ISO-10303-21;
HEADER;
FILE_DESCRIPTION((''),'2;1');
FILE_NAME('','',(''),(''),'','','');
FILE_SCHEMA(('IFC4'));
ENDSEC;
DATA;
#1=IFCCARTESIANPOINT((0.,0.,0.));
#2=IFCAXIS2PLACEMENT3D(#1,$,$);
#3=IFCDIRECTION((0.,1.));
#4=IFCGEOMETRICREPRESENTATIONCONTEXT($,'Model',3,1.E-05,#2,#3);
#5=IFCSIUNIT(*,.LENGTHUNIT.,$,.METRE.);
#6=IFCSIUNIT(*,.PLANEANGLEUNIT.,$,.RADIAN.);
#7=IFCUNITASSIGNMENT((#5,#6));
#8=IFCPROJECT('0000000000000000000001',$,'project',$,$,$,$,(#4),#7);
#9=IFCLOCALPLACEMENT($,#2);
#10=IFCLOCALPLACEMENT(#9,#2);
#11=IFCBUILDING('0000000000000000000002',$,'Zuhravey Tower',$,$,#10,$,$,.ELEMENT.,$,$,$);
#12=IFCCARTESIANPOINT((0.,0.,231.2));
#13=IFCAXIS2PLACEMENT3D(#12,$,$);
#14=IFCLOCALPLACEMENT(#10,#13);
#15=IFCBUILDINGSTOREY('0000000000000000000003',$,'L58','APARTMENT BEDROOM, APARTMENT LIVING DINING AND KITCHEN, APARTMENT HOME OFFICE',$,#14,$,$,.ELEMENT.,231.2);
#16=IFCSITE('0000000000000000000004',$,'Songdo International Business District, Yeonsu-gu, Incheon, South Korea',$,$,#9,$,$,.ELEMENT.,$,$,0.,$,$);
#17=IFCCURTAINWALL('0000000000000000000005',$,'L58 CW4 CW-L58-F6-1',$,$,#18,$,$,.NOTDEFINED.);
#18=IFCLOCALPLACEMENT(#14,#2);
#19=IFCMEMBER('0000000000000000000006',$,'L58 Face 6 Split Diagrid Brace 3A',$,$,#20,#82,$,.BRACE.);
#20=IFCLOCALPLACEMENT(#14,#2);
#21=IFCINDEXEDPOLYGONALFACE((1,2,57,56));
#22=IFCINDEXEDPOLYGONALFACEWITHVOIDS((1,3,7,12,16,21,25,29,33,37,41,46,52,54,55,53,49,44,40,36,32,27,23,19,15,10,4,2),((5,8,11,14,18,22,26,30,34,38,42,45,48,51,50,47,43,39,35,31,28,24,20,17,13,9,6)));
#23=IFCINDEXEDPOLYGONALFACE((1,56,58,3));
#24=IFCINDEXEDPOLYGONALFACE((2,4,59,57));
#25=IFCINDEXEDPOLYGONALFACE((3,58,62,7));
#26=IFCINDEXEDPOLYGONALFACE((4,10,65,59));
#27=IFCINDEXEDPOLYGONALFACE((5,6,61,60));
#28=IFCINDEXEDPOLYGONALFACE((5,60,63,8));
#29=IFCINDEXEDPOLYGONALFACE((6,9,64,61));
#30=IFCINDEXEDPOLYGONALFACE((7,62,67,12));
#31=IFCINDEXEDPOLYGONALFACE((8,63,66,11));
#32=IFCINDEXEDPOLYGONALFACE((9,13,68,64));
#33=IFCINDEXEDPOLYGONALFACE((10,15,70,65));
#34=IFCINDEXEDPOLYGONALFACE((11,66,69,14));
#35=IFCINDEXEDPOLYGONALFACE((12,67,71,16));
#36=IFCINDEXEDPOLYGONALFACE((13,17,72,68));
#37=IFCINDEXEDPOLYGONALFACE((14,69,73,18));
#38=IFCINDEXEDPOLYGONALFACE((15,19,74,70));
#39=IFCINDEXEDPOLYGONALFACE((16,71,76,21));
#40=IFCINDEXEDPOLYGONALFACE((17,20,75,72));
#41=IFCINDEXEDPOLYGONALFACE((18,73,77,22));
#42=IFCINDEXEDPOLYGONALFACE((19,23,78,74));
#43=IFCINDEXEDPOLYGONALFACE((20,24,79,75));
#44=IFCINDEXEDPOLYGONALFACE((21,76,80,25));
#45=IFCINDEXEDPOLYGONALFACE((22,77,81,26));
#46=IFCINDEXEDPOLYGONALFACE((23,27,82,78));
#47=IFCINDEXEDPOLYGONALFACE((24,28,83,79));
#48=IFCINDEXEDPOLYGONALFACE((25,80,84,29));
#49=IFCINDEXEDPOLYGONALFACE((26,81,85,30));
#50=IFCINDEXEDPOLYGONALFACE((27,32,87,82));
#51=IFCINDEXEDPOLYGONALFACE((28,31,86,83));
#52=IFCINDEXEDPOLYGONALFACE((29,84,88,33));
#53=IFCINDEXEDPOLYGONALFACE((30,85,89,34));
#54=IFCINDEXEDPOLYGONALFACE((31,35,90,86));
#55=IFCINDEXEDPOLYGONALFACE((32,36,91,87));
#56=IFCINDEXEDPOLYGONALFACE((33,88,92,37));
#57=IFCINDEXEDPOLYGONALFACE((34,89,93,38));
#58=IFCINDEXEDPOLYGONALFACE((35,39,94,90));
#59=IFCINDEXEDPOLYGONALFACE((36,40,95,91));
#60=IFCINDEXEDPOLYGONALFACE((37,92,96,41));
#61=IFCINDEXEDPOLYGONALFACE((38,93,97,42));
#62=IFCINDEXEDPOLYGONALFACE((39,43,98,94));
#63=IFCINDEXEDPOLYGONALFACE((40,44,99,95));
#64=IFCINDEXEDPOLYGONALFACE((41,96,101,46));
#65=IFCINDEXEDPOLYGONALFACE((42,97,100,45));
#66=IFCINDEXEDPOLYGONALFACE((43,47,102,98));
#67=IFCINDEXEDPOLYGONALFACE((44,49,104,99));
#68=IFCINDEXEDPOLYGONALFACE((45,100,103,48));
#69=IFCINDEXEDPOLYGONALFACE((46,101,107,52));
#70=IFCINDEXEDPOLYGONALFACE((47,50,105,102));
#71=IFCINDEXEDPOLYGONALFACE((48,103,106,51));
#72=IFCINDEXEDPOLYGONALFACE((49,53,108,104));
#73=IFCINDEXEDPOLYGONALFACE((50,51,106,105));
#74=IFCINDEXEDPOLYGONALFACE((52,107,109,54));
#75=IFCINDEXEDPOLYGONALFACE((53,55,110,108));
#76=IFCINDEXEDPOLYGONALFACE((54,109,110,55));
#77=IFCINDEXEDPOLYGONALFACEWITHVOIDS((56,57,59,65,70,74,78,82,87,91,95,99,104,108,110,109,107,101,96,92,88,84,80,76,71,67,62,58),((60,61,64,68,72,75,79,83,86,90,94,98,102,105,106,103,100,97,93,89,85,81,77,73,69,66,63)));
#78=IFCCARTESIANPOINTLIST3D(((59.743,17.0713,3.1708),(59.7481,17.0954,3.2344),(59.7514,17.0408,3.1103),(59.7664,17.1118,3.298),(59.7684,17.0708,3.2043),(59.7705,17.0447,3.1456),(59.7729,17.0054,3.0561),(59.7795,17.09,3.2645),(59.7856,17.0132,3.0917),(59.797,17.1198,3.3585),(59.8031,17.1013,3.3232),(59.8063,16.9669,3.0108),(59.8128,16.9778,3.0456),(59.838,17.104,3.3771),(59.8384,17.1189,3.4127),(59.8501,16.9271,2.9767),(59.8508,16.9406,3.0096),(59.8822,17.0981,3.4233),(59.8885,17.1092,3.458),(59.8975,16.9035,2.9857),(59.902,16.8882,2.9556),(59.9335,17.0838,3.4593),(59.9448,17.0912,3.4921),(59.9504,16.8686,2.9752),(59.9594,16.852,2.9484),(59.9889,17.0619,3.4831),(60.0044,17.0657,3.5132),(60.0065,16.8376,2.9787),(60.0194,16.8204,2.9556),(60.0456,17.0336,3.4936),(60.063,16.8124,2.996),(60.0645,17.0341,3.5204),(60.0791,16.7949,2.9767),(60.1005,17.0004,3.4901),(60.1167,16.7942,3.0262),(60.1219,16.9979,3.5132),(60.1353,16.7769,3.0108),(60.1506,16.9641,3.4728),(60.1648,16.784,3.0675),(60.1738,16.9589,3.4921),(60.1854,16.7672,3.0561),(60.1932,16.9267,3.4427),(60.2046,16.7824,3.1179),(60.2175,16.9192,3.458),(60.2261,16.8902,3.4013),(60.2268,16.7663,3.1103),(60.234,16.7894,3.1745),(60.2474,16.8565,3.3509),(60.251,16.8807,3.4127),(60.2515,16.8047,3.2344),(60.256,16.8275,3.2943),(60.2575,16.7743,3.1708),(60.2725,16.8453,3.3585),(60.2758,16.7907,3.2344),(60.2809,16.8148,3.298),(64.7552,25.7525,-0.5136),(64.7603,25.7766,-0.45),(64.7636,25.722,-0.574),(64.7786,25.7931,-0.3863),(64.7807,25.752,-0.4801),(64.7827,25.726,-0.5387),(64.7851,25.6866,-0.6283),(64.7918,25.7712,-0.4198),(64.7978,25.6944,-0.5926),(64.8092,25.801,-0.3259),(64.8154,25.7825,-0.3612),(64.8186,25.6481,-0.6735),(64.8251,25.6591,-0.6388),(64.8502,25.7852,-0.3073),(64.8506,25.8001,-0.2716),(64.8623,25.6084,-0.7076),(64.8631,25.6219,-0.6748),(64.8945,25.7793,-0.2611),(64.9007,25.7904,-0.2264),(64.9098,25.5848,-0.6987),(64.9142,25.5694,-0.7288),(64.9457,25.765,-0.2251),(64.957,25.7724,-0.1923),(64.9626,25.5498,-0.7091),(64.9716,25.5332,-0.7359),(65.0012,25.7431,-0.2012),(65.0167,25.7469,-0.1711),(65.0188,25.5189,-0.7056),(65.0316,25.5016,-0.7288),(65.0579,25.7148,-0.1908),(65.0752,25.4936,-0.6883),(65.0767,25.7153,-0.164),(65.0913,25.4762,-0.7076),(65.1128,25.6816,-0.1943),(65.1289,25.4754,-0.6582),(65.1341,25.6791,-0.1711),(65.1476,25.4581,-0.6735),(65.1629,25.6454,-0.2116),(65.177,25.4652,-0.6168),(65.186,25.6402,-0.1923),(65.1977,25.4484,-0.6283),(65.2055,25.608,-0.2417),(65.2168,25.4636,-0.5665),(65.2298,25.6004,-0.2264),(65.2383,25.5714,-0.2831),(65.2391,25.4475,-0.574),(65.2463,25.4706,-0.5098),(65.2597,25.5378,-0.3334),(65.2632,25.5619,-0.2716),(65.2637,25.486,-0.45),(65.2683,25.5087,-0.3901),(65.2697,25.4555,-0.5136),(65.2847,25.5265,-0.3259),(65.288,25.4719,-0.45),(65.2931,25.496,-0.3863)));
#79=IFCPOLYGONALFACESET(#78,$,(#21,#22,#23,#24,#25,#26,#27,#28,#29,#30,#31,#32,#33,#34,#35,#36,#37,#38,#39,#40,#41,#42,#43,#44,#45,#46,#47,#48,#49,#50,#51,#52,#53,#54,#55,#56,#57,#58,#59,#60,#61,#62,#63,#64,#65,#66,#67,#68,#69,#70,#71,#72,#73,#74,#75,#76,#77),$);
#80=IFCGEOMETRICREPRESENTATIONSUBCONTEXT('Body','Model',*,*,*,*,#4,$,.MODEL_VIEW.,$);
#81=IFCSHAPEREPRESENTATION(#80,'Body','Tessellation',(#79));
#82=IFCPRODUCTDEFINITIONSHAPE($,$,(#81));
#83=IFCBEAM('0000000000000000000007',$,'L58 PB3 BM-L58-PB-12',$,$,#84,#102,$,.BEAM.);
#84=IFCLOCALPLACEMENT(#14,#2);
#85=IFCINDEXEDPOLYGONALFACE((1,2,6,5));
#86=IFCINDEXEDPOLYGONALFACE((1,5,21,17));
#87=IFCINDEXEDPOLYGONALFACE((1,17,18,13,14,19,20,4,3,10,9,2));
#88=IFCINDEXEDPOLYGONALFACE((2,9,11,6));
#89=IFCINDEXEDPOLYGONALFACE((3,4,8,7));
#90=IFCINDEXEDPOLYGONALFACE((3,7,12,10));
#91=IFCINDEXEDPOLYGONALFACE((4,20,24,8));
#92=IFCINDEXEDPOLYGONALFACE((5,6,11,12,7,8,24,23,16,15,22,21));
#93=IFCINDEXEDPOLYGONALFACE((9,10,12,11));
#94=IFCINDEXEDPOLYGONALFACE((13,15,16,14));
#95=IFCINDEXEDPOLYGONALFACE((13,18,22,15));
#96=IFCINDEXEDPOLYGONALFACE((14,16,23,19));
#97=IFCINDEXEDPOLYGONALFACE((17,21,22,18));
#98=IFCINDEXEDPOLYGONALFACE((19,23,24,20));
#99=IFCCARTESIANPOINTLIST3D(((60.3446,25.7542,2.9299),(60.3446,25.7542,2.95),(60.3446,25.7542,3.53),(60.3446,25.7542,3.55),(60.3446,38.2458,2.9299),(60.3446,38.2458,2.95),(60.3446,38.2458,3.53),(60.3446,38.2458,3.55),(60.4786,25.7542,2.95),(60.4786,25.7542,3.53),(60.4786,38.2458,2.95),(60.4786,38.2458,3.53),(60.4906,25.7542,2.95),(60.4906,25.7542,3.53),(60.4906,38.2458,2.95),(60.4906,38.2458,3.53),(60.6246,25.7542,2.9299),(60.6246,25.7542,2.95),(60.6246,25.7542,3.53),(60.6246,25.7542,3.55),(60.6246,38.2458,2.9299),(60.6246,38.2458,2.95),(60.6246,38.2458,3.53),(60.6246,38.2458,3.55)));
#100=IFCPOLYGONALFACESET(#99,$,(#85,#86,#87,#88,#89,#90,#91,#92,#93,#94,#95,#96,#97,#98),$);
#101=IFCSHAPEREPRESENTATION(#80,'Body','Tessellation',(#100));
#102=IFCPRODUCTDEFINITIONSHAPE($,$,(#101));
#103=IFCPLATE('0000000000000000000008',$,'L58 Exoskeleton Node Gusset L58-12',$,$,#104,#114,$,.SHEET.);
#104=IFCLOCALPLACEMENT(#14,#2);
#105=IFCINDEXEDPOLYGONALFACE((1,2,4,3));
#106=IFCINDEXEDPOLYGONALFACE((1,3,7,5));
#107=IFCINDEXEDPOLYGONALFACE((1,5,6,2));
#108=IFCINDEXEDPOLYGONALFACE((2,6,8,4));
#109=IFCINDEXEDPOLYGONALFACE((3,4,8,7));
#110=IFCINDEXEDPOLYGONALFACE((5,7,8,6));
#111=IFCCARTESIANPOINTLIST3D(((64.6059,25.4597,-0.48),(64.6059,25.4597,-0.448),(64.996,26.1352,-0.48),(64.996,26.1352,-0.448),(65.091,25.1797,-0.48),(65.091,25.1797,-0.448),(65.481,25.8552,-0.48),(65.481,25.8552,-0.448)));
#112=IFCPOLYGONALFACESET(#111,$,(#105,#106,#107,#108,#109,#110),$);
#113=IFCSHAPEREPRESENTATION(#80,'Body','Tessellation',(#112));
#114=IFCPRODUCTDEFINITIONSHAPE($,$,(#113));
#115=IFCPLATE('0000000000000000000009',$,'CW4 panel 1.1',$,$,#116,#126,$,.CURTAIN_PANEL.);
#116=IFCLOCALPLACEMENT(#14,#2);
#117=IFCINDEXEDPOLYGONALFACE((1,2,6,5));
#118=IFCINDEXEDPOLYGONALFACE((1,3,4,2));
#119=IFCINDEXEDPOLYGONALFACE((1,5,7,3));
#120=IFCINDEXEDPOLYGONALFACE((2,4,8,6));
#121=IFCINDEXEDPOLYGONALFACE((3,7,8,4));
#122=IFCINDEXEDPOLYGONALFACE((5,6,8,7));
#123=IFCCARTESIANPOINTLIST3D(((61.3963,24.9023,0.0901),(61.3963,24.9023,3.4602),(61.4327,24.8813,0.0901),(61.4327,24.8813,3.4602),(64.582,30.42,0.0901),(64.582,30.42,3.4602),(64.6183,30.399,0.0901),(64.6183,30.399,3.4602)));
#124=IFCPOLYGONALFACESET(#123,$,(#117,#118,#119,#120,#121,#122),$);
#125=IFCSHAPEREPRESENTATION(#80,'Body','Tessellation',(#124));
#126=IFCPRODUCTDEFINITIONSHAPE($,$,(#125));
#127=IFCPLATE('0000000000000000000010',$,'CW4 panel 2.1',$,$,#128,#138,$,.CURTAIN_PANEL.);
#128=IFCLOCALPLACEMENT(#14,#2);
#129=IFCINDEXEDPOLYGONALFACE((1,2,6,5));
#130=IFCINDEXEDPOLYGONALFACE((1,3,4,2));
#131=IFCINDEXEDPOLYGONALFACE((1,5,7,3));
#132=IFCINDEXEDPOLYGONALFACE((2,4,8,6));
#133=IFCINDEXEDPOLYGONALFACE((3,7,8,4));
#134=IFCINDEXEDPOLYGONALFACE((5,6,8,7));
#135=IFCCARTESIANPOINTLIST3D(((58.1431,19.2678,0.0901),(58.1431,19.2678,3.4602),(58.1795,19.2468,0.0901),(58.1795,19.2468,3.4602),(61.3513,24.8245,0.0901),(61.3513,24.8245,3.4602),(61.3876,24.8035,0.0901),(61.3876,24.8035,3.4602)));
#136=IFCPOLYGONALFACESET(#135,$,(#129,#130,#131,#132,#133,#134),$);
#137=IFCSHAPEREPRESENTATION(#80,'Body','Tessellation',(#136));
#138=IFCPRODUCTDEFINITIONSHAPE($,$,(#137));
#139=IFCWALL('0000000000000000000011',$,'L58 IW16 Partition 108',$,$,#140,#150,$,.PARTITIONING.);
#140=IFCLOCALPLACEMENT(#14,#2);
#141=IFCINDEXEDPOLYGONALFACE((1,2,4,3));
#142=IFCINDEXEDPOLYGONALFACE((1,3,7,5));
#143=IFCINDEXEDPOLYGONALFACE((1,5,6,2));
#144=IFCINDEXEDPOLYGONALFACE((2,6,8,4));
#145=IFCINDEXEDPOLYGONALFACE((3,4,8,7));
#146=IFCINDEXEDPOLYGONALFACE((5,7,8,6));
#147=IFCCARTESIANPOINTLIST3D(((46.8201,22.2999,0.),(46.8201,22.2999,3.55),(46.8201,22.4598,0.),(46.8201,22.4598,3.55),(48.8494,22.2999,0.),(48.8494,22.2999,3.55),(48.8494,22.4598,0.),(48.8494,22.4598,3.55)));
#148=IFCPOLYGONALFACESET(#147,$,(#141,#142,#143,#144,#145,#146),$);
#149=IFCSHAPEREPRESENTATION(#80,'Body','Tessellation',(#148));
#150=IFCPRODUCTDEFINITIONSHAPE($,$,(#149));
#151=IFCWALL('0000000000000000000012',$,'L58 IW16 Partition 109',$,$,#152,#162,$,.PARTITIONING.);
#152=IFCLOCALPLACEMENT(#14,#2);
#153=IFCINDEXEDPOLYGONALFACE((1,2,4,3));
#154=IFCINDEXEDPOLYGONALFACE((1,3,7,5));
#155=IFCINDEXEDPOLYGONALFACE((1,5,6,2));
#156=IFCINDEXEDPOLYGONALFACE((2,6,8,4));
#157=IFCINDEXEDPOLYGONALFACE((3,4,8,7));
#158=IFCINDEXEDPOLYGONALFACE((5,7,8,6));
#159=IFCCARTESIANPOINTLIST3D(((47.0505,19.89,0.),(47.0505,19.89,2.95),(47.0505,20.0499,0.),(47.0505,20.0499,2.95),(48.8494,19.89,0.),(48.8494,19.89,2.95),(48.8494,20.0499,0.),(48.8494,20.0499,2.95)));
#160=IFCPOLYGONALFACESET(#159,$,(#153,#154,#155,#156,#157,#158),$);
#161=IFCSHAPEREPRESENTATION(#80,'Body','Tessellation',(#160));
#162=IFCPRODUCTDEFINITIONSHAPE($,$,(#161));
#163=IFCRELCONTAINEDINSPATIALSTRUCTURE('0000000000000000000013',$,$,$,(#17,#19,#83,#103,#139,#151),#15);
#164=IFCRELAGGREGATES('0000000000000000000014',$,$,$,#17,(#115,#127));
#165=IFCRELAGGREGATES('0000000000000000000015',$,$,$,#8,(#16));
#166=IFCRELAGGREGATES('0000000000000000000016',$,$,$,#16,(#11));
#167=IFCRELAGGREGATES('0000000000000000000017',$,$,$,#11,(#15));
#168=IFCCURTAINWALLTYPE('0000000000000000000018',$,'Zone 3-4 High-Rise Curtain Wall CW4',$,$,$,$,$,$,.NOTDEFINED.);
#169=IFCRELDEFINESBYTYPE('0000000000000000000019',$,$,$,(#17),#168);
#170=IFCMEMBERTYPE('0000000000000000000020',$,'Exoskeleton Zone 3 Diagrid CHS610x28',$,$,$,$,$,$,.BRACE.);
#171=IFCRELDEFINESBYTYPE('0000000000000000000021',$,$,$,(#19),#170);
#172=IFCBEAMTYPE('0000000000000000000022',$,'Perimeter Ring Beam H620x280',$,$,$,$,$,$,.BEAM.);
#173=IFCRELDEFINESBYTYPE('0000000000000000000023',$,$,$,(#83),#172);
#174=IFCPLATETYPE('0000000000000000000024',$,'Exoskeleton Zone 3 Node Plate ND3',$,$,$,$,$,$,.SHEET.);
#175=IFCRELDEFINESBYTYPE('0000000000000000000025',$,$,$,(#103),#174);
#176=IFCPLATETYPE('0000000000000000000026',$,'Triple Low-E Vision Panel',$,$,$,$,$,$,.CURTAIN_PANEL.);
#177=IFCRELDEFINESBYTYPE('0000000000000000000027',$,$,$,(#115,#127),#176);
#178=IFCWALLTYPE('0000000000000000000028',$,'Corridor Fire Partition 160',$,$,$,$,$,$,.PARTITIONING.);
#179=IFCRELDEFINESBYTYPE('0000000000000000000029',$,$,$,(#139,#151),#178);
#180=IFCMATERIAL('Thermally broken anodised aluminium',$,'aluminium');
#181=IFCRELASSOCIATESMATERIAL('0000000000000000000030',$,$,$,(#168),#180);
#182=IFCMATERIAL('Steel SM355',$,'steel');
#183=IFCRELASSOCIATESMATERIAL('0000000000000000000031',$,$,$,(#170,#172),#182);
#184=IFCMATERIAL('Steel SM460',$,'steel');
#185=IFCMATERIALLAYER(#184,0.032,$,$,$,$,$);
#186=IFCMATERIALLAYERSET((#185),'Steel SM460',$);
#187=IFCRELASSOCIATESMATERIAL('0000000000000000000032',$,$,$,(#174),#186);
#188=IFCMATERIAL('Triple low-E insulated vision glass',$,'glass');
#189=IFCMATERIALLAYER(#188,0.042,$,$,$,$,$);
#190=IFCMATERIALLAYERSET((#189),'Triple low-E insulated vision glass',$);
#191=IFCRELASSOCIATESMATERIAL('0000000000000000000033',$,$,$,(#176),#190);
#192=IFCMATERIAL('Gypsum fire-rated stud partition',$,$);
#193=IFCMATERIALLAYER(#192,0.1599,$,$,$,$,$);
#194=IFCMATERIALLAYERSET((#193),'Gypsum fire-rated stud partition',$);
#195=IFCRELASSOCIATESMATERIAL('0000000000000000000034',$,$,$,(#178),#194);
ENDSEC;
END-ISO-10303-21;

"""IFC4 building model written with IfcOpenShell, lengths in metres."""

from ifc_helpers import new_model, si_unit, direction, frame, frame_2d, origin, origin_2d, place, context, subcontext, project, spatial, rectangle, hollow_circle, i_section, extrude, material, layer, layer_set, material_profile, profile_set, type_object, element, aggregate, save


model = new_model("IFC4")

# Units and contexts
model_context = context("Model", 3, precision=1e-05, world=origin(), true_north=direction((0.0, 1.0)))
body_context = subcontext(model_context, "Body", "Model", "MODEL_VIEW")
ifc_project = project(units=[si_unit("LENGTHUNIT", "METRE"), si_unit("PLANEANGLEUNIT", "RADIAN")], contexts=[model_context])

# Site, building, storey
site_placement = place(None, origin())
site = spatial("IfcSite", under=ifc_project, at=site_placement, Name="Songdo International Business District, Yeonsu-gu, Incheon, South Korea", CompositionType="ELEMENT", RefElevation=0.0)
building_placement = place(site_placement, origin())
building = spatial("IfcBuilding", under=site, at=building_placement, Name="Zuhravey Tower", CompositionType="ELEMENT")
storey_placement = place(building_placement, frame((0.0, 0.0, 231.2)))
storey = spatial("IfcBuildingStorey", under=building, at=storey_placement, Name="L58", Description="APARTMENT BEDROOM, APARTMENT LIVING DINING AND KITCHEN, APARTMENT HOME OFFICE", CompositionType="ELEMENT", Elevation=231.2)

# Curtain wall
ifc_material_1 = material(Name="Thermally broken anodised aluminium", Category="aluminium")
curtain_wall_type = type_object("IfcCurtainWallType", Name="Zone 3-4 High-Rise Curtain Wall CW4", PredefinedType="NOTDEFINED", material=ifc_material_1)
curtain_wall_placement = place(storey_placement, origin())
curtain_wall = element("IfcCurtainWall", 1, at=curtain_wall_placement, inside=storey, type_object=curtain_wall_type, Name="L58 CW4 CW-L58-F6-1", PredefinedType="NOTDEFINED")

# Member
ifc_material_2 = material(Name="Steel SM355", Category="steel")
ifc_material_profile_1 = material_profile(ifc_material_2, hollow_circle(Radius=0.3047, WallThickness=0.0281, at=origin_2d()), Name="CHS-609.6x28")
ifc_profile_set_1 = profile_set([ifc_material_profile_1], Name="Steel SM355")
member_type_1 = type_object("IfcMemberType", Name="Exoskeleton Zone 3 Diagrid CHS610x28", PredefinedType="BRACE", material=ifc_profile_set_1)
member_1_placement = place(storey_placement, frame((65.0242, 25.6243, -0.45), z_axis=(-0.469315, -0.812855, 0.34498), x_axis=(0.866019, -0.500011, 0.0)))
element("IfcMember", 2, at=member_1_placement, inside=storey, type_object=member_type_1, Name="L58 Face 6 Split Diagrid Brace 3A", PredefinedType="BRACE", context=body_context, shape_type="SweptSolid", body=[
    extrude(hollow_circle(Radius=0.3047, WallThickness=0.0281, at=origin_2d()), origin(), (0.0, 0.0, 1.0), 10.6799),
])

# Beam
ifc_material_profile_2 = material_profile(ifc_material_2, i_section(OverallWidth=0.28, OverallDepth=0.6201, WebThickness=0.012, FlangeThickness=0.02, at=origin_2d()), Name="H-620x280x12x20")
ifc_profile_set_2 = profile_set([ifc_material_profile_2], Name="Steel SM355")
beam_type = type_object("IfcBeamType", Name="Perimeter Ring Beam H620x280", PredefinedType="BEAM", material=ifc_profile_set_2)
beam_placement = place(storey_placement, frame((60.4846, 25.7542, 3.24), z_axis=(0.0, 1.0, 0.0), x_axis=(-1.0, 0.0, 0.0)))
element("IfcBeam", 3, at=beam_placement, inside=storey, type_object=beam_type, Name="L58 PB3 BM-L58-PB-12", PredefinedType="BEAM", context=body_context, shape_type="SweptSolid", body=[
    extrude(i_section(OverallWidth=0.28, OverallDepth=0.6201, WebThickness=0.012, FlangeThickness=0.02, at=origin_2d()), origin(), (0.0, 0.0, 1.0), 12.4917),
])

# Plates
ifc_material_3 = material(Name="Steel SM460", Category="steel")
ifc_layer_1 = layer(ifc_material_3, 0.032)
ifc_layer_set_1 = layer_set([ifc_layer_1], Name="Steel SM460")
plate_type_1 = type_object("IfcPlateType", Name="Exoskeleton Zone 3 Node Plate ND3", PredefinedType="SHEET", material=ifc_layer_set_1)
plate_1_placement = place(storey_placement, frame((65.0435, 25.6575, -0.48), z_axis=(0.0, 0.0, 1.0), x_axis=(0.5, 0.866025, 0.0)))
element("IfcPlate", 4, at=plate_1_placement, inside=storey, type_object=plate_type_1, Name="L58 Exoskeleton Node Gusset L58-12", PredefinedType="SHEET", context=body_context, shape_type="SweptSolid", body=[
    extrude(rectangle(XDim=0.78, YDim=0.5601, at=origin_2d()), origin(), (0.0, 0.0, 1.0), 0.032),
])
ifc_material_4 = material(Name="Triple low-E insulated vision glass", Category="glass")
ifc_layer_2 = layer(ifc_material_4, 0.042)
ifc_layer_set_2 = layer_set([ifc_layer_2], Name="Triple low-E insulated vision glass")
plate_type_2 = type_object("IfcPlateType", Name="Triple Low-E Vision Panel", PredefinedType="CURTAIN_PANEL", material=ifc_layer_set_2)
plate_2_placement = place(storey_placement, frame((63.0073, 27.6506, 0.0901), z_axis=(0.0, 0.0, 1.0), x_axis=(-0.500001, -0.866025, 0.0)))
plate_2 = element("IfcPlate", 5, at=plate_2_placement, type_object=plate_type_2, Name="CW4 panel 1.1", PredefinedType="CURTAIN_PANEL", context=body_context, shape_type="SweptSolid", body=[
    extrude(rectangle(XDim=6.3713, YDim=0.042, at=origin_2d()), origin(), (0.0, 0.0, 1.0), 3.3701),
])
plate_3_placement = place(storey_placement, frame((59.7654, 22.0356, 0.0901), z_axis=(0.0, 0.0, 1.0), x_axis=(-0.500001, -0.866025, 0.0)))
plate_3 = element("IfcPlate", 6, at=plate_3_placement, type_object=plate_type_2, Name="CW4 panel 2.1", PredefinedType="CURTAIN_PANEL", context=body_context, shape_type="SweptSolid", body=[
    extrude(rectangle(XDim=6.4163, YDim=0.042, at=origin_2d()), origin(), (0.0, 0.0, 1.0), 3.3701),
])
aggregate(curtain_wall, [plate_2, plate_3])

# Shared definitions
ifc_material_5 = material(Name="Gypsum fire-rated stud partition")
ifc_layer_3 = layer(ifc_material_5, 0.1599)
ifc_layer_set_3 = layer_set([ifc_layer_3], Name="Gypsum fire-rated stud partition")
wall_type_1 = type_object("IfcWallType", Name="Corridor Fire Partition 160", PredefinedType="PARTITIONING", material=ifc_layer_set_3)

# Walls
wall_1_placement = place(storey_placement, frame((48.8494, 22.3799, 0.0), z_axis=(0.0, 0.0, 1.0), x_axis=(-1.0, 0.0, 0.0)))
element("IfcWall", 7, at=wall_1_placement, inside=storey, type_object=wall_type_1, Name="L58 IW16 Partition 108", PredefinedType="PARTITIONING", context=body_context, shape_type="SweptSolid", body=[
    extrude(rectangle(XDim=2.0293, YDim=0.1599, at=frame_2d((1.0146, 0.0))), origin(), (0.0, 0.0, 1.0), 3.55),
])
wall_2_placement = place(storey_placement, frame((47.0505, 19.97, 0.0), z_axis=(0.0, 0.0, 1.0), x_axis=(1.0, 0.0, 0.0)))
element("IfcWall", 8, at=wall_2_placement, inside=storey, type_object=wall_type_1, Name="L58 IW16 Partition 109", PredefinedType="PARTITIONING", context=body_context, shape_type="SweptSolid", body=[
    extrude(rectangle(XDim=1.7988, YDim=0.1599, at=frame_2d((0.8994, 0.0))), origin(), (0.0, 0.0, 1.0), 2.95),
])

save(model, "model.ifc")
